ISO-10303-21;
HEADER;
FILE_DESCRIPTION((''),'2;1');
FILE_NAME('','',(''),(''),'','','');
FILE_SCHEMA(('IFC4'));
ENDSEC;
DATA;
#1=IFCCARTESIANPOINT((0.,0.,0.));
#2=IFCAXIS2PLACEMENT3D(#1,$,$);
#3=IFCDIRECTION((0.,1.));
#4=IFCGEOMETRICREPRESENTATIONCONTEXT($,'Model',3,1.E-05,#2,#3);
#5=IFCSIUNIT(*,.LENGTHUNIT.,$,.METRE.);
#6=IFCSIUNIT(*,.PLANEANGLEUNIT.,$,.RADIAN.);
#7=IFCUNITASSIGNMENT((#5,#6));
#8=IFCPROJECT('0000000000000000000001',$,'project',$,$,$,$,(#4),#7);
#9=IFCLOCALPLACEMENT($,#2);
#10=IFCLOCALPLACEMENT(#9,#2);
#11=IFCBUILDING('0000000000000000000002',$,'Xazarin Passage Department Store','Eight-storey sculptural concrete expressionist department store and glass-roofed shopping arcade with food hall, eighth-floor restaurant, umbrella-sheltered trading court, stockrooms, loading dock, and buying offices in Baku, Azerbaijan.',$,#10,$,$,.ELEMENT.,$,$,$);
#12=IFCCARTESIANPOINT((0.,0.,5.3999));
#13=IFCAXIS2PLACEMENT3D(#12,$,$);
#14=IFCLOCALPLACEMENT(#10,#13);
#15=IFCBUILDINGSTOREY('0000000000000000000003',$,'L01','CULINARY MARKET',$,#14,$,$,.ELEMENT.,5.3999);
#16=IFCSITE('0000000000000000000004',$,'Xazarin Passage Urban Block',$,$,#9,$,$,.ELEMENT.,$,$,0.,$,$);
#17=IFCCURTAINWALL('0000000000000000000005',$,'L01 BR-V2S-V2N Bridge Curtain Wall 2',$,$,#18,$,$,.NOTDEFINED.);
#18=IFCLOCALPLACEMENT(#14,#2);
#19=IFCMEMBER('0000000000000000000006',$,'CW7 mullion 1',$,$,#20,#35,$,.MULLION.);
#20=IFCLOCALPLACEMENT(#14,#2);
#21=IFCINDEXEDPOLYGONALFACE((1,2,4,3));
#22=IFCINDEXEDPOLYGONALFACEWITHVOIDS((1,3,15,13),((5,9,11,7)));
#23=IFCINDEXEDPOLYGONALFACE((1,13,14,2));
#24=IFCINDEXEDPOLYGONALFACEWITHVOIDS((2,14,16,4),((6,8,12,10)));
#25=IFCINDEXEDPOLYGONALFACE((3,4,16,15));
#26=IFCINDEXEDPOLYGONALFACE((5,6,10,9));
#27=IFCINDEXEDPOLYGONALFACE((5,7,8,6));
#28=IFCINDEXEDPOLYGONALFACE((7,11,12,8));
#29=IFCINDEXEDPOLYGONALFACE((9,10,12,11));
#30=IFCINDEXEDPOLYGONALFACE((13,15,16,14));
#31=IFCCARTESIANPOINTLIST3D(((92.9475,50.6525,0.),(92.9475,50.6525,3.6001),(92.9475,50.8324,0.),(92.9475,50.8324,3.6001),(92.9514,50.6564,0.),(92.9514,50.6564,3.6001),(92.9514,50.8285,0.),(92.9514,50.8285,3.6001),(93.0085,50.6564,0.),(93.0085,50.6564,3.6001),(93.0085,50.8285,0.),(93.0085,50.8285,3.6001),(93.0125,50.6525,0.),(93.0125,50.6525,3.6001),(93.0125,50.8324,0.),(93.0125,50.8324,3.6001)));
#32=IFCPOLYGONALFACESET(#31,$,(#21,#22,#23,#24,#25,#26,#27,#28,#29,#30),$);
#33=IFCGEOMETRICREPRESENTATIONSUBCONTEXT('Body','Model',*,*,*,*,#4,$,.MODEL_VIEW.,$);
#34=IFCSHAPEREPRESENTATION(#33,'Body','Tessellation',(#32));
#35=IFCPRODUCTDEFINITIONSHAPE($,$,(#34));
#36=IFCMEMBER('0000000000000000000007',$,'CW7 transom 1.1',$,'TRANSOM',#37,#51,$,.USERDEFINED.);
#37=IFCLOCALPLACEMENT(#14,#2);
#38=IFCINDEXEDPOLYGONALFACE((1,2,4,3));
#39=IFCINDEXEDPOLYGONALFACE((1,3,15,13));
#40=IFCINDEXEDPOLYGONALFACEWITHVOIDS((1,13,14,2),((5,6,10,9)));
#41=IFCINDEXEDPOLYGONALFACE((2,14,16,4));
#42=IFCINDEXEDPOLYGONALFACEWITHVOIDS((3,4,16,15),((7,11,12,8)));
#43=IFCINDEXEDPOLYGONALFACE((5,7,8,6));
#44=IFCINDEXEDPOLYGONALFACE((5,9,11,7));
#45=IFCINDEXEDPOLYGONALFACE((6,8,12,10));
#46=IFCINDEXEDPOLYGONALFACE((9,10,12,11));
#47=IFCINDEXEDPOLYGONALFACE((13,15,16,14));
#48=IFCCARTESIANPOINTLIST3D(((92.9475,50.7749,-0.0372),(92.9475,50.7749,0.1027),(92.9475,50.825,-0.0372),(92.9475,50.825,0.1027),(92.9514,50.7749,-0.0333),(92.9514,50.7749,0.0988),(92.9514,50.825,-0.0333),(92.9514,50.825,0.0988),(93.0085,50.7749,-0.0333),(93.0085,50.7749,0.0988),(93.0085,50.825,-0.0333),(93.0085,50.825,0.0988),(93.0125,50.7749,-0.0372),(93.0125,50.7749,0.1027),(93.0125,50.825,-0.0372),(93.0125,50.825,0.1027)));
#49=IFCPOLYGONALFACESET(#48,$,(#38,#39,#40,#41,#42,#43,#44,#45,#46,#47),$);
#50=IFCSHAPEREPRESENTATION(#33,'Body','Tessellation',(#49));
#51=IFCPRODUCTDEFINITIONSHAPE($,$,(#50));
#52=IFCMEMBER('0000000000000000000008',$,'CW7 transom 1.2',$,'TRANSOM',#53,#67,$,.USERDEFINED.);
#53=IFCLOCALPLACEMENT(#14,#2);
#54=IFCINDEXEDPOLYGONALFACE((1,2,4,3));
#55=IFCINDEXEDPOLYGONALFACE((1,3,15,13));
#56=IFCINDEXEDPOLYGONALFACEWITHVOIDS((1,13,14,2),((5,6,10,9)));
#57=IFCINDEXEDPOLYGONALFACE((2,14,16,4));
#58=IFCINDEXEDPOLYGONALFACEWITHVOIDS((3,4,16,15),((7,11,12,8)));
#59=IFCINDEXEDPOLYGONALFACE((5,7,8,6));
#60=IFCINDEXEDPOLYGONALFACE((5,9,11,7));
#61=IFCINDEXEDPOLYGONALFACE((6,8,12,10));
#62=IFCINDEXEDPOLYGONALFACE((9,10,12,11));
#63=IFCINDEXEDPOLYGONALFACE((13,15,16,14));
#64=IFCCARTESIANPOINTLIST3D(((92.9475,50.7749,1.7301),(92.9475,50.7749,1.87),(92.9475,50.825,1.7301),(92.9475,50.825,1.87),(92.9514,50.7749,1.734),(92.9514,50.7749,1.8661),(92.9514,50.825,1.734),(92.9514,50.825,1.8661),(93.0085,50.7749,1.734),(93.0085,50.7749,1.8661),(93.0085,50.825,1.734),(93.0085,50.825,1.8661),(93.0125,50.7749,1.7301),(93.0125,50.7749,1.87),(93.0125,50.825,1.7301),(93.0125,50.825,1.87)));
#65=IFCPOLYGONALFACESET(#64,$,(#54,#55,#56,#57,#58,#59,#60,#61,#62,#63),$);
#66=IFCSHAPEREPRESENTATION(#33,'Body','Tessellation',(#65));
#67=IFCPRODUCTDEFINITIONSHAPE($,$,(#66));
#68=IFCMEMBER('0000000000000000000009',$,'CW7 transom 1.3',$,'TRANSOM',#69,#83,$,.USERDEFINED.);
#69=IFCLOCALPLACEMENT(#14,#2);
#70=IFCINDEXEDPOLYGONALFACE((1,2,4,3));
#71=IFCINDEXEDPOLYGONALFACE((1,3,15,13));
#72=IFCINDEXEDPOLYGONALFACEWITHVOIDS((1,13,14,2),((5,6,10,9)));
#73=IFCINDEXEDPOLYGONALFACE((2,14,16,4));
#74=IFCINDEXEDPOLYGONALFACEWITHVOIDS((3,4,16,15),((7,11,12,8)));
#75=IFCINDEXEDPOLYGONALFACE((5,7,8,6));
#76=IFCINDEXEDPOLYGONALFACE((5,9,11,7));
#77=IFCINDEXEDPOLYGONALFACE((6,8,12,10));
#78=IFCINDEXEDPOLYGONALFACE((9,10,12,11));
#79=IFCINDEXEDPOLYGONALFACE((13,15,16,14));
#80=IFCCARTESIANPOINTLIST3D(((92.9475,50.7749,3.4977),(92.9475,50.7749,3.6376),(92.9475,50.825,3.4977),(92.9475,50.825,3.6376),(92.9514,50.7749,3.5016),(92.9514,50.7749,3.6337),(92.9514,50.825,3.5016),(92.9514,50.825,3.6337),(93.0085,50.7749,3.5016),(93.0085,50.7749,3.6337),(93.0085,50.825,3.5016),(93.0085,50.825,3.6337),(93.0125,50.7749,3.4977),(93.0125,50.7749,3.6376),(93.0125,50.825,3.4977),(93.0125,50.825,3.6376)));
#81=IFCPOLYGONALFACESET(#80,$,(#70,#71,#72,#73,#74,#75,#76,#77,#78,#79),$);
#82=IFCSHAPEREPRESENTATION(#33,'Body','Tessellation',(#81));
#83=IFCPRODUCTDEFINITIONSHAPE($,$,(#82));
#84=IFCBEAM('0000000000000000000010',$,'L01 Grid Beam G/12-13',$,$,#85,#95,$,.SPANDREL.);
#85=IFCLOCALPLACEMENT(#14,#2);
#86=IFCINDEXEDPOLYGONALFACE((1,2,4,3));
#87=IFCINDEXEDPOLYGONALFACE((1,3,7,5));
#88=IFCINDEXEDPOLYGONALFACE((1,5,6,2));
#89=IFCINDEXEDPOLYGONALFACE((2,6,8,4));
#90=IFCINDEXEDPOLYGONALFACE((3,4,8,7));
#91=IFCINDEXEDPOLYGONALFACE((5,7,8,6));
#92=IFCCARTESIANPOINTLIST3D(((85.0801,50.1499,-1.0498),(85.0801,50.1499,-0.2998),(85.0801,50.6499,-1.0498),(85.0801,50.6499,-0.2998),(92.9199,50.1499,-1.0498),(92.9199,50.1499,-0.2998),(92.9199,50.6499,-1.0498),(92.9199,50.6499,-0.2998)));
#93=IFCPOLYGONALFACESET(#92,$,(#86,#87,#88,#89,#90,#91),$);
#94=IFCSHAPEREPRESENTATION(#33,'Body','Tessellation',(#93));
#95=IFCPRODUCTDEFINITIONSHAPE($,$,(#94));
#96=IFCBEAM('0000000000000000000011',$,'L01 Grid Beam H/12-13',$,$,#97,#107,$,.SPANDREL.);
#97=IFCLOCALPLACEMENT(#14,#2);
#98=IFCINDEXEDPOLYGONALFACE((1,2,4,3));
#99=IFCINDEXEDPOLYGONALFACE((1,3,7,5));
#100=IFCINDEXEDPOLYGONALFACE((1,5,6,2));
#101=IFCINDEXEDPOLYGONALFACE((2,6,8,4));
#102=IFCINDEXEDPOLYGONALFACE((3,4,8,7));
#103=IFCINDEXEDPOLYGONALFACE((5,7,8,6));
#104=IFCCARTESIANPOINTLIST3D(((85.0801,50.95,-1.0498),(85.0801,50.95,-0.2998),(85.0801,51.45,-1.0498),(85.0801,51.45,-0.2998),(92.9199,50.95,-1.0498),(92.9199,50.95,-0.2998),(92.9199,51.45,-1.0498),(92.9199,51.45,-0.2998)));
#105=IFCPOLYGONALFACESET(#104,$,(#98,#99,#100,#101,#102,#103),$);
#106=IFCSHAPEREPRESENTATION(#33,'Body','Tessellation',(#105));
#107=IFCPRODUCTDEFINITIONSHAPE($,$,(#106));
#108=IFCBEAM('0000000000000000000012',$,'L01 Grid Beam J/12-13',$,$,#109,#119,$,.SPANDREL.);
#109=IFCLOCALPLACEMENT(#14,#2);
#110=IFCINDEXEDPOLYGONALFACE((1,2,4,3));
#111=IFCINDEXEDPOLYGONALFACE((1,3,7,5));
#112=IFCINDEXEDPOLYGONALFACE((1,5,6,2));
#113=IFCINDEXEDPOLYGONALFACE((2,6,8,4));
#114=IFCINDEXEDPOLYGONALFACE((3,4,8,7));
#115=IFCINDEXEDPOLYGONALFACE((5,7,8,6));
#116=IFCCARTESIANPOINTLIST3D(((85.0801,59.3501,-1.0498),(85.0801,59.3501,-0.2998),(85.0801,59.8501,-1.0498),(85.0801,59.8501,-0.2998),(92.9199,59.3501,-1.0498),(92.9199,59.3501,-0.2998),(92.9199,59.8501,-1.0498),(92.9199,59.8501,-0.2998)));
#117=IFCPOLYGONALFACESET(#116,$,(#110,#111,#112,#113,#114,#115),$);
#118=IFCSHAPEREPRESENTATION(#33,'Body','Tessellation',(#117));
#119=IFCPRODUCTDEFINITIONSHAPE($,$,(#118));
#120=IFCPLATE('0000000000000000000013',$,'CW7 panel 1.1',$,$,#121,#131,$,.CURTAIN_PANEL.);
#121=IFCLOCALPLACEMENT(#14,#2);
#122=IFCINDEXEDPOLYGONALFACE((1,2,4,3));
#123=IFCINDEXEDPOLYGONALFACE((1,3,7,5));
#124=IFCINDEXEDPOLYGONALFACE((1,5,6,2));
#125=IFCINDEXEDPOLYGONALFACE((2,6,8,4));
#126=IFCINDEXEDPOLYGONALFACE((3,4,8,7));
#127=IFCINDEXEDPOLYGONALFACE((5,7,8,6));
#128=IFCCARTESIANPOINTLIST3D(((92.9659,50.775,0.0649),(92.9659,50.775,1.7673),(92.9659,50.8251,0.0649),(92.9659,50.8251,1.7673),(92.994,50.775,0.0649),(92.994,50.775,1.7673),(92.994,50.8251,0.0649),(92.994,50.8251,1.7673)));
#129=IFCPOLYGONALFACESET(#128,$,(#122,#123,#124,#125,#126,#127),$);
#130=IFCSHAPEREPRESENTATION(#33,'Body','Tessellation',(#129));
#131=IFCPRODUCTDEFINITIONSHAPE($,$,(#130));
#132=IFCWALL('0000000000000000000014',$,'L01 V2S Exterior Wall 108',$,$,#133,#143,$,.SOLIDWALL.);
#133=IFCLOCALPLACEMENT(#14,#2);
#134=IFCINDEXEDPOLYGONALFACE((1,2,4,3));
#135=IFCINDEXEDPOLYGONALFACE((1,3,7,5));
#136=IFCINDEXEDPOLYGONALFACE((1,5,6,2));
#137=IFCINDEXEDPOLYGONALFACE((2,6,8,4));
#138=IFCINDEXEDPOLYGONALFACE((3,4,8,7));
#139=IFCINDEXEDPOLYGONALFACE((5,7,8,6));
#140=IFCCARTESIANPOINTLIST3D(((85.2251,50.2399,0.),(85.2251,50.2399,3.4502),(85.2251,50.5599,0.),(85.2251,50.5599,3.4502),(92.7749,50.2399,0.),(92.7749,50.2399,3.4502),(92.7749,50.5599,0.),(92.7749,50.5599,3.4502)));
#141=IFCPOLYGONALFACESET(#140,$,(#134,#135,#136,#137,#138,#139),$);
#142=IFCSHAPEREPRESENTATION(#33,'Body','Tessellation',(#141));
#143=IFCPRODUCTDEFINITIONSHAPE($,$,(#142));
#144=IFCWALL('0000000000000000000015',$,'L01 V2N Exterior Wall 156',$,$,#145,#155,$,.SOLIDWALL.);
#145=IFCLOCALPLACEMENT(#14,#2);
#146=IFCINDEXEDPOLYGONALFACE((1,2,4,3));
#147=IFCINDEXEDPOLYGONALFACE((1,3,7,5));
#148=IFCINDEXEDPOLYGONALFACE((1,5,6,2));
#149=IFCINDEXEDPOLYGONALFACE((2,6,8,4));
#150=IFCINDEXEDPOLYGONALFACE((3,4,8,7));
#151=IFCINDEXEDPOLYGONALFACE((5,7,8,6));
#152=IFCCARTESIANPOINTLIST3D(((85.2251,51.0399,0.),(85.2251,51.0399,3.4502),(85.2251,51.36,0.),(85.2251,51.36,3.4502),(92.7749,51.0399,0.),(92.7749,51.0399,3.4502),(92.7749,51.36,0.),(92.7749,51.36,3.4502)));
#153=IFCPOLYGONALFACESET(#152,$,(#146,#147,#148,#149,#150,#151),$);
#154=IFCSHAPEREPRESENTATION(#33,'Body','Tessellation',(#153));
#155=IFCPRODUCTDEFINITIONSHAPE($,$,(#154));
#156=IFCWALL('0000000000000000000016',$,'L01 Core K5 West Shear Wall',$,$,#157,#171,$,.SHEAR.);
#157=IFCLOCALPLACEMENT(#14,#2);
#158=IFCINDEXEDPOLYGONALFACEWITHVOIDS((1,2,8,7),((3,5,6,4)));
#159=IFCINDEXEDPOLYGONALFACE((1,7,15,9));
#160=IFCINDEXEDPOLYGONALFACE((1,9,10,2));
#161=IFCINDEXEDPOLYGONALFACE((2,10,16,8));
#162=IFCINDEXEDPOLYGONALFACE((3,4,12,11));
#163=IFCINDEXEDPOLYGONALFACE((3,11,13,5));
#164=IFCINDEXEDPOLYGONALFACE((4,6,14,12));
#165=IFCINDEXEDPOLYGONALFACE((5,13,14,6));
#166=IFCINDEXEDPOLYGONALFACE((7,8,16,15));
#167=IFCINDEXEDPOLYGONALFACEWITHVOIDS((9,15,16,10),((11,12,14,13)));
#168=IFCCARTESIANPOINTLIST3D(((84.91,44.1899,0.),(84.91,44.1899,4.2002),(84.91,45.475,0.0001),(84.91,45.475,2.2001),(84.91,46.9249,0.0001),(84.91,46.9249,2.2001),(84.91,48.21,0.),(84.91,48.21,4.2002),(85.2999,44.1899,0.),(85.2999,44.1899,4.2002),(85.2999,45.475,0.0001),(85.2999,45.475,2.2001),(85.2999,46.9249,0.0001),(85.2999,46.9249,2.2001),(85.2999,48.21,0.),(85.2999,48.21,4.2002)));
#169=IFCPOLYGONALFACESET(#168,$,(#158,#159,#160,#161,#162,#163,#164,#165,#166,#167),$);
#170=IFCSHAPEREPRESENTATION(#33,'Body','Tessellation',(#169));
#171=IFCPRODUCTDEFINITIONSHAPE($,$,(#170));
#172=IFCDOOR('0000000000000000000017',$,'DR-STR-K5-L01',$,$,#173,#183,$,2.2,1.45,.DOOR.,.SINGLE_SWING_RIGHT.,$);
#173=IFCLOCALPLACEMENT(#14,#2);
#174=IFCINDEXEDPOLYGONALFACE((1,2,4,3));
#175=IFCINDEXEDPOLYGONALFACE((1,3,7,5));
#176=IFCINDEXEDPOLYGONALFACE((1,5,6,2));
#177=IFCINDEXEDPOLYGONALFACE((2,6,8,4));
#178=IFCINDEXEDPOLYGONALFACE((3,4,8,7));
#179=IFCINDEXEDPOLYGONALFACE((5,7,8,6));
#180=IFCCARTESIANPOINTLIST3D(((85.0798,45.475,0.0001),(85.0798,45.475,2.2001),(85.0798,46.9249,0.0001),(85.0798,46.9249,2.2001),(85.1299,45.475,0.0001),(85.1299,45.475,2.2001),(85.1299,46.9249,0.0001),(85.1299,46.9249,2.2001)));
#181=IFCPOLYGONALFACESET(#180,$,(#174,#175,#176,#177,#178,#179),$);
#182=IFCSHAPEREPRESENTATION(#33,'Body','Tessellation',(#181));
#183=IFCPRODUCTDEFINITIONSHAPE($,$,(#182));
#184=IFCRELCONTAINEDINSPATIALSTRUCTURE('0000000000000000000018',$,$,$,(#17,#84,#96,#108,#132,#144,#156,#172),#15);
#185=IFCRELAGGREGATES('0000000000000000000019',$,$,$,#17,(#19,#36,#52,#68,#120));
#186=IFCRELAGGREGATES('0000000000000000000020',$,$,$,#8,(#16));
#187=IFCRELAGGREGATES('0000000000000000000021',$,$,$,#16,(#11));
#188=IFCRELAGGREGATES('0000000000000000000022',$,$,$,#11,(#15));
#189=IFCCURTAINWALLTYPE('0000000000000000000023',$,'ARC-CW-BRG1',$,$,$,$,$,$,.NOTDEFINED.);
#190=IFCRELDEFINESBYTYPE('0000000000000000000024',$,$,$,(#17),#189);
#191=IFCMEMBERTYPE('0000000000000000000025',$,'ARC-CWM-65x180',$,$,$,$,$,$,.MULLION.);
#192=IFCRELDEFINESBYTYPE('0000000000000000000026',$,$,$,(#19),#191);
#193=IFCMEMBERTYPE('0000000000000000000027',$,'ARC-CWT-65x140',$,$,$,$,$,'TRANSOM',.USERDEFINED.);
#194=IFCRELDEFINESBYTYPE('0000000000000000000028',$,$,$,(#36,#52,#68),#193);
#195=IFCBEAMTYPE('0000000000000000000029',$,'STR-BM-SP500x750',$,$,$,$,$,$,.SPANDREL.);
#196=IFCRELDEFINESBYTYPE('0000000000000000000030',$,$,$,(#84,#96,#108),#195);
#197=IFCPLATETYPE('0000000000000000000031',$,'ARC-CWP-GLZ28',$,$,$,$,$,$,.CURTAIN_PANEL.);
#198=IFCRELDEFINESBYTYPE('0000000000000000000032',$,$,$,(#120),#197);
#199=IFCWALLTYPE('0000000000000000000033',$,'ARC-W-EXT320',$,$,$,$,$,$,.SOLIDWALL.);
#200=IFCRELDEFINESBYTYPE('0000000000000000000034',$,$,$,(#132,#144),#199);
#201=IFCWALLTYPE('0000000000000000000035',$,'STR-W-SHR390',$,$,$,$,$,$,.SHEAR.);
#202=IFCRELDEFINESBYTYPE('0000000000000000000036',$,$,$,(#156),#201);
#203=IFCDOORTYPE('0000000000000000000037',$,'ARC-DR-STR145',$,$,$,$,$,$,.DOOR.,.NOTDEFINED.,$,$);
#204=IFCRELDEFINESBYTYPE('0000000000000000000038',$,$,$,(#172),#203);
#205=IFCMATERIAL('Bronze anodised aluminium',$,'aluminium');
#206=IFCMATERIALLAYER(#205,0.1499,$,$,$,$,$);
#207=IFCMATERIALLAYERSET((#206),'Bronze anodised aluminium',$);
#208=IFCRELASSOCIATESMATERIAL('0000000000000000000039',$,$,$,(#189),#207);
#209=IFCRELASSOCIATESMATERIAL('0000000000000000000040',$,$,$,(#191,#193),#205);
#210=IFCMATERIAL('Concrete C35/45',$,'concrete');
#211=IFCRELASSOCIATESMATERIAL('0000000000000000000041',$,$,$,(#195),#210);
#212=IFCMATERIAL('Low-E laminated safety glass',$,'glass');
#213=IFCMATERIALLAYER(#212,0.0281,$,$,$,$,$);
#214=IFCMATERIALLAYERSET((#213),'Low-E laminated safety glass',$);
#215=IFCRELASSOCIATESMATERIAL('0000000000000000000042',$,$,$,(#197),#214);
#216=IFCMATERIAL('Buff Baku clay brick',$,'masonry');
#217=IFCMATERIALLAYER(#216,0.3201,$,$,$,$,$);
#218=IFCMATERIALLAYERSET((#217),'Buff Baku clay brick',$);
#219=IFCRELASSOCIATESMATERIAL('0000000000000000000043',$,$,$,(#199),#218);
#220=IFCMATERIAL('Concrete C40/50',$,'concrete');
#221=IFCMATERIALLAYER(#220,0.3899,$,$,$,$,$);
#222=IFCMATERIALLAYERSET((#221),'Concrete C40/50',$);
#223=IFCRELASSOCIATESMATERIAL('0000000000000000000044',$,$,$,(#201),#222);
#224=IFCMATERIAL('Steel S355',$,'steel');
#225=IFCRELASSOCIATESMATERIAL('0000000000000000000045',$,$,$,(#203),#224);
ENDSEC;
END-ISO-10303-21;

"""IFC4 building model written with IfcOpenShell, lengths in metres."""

from ifc_helpers import new_model, si_unit, direction, frame, frame_2d, origin, origin_2d, place, context, subcontext, project, spatial, rectangle, hollow_rectangle, extrude, material, layer, layer_set, material_profile, profile_set, type_object, element, fill, aggregate, save


model = new_model("IFC4")

# Units and contexts
model_context = context("Model", 3, precision=1e-05, world=origin(), true_north=direction((0.0, 1.0)))
body_context = subcontext(model_context, "Body", "Model", "MODEL_VIEW")
ifc_project = project(units=[si_unit("LENGTHUNIT", "METRE"), si_unit("PLANEANGLEUNIT", "RADIAN")], contexts=[model_context])

# Site, building, storey
site_placement = place(None, origin())
site = spatial("IfcSite", under=ifc_project, at=site_placement, Name="Xazarin Passage Urban Block", CompositionType="ELEMENT", RefElevation=0.0)
building_placement = place(site_placement, origin())
building = spatial("IfcBuilding", under=site, at=building_placement, Name="Xazarin Passage Department Store", Description="Eight-storey sculptural concrete expressionist department store and glass-roofed shopping arcade with food hall, eighth-floor restaurant, umbrella-sheltered trading court, stockrooms, loading dock, and buying offices in Baku, Azerbaijan.", CompositionType="ELEMENT")
storey_placement = place(building_placement, frame((0.0, 0.0, 5.3999)))
storey = spatial("IfcBuildingStorey", under=building, at=storey_placement, Name="L01", Description="CULINARY MARKET", CompositionType="ELEMENT", Elevation=5.3999)

# Curtain wall, members
ifc_material_1 = material(Name="Bronze anodised aluminium", Category="aluminium")
ifc_layer_1 = layer(ifc_material_1, 0.1499)
ifc_layer_set_1 = layer_set([ifc_layer_1], Name="Bronze anodised aluminium")
curtain_wall_type = type_object("IfcCurtainWallType", Name="ARC-CW-BRG1", PredefinedType="NOTDEFINED", material=ifc_layer_set_1)
curtain_wall_placement = place(storey_placement, origin())
curtain_wall = element("IfcCurtainWall", 1, at=curtain_wall_placement, inside=storey, type_object=curtain_wall_type, Name="L01 BR-V2S-V2N Bridge Curtain Wall 2", PredefinedType="NOTDEFINED")
ifc_material_profile_1 = material_profile(ifc_material_1, hollow_rectangle(XDim=0.0649, YDim=0.1799, WallThickness=0.0039, at=origin_2d()), Name="ALU 65x180")
ifc_profile_set_1 = profile_set([ifc_material_profile_1], Name="Bronze anodised aluminium")
member_type_1 = type_object("IfcMemberType", Name="ARC-CWM-65x180", PredefinedType="MULLION", material=ifc_profile_set_1)
member_1_placement = place(storey_placement, frame((92.98, 50.7424, 0.0), z_axis=(0.0, 0.0, 1.0), x_axis=(-1.0, 0.0, 0.0)))
member_1 = element("IfcMember", 2, at=member_1_placement, type_object=member_type_1, Name="CW7 mullion 1", PredefinedType="MULLION", context=body_context, shape_type="SweptSolid", body=[
    extrude(hollow_rectangle(XDim=0.0649, YDim=0.1799, WallThickness=0.0039, at=origin_2d()), origin(), (0.0, 0.0, 1.0), 3.6001),
])
ifc_material_profile_2 = material_profile(ifc_material_1, hollow_rectangle(XDim=0.0649, YDim=0.1399, WallThickness=0.0039, at=origin_2d()), Name="ALU 65x140")
ifc_profile_set_2 = profile_set([ifc_material_profile_2], Name="Bronze anodised aluminium")
member_type_2 = type_object("IfcMemberType", Name="ARC-CWT-65x140", ElementType="TRANSOM", PredefinedType="USERDEFINED", material=ifc_profile_set_2)
member_2_placement = place(storey_placement, frame((92.98, 50.7749, 0.0327), z_axis=(0.0, 1.0, 0.0), x_axis=(-1.0, 0.0, 0.0)))
member_2 = element("IfcMember", 3, at=member_2_placement, type_object=member_type_2, Name="CW7 transom 1.1", ObjectType="TRANSOM", PredefinedType="USERDEFINED", context=body_context, shape_type="SweptSolid", body=[
    extrude(hollow_rectangle(XDim=0.0649, YDim=0.1399, WallThickness=0.0039, at=origin_2d()), origin(), (0.0, 0.0, 1.0), 0.05),
])
member_3_placement = place(storey_placement, frame((92.98, 50.7749, 1.8), z_axis=(0.0, 1.0, 0.0), x_axis=(-1.0, 0.0, 0.0)))
member_3 = element("IfcMember", 4, at=member_3_placement, type_object=member_type_2, Name="CW7 transom 1.2", ObjectType="TRANSOM", PredefinedType="USERDEFINED", context=body_context, shape_type="SweptSolid", body=[
    extrude(hollow_rectangle(XDim=0.0649, YDim=0.1399, WallThickness=0.0039, at=origin_2d()), origin(), (0.0, 0.0, 1.0), 0.05),
])
member_4_placement = place(storey_placement, frame((92.98, 50.7749, 3.5676), z_axis=(0.0, 1.0, 0.0), x_axis=(-1.0, 0.0, 0.0)))
member_4 = element("IfcMember", 5, at=member_4_placement, type_object=member_type_2, Name="CW7 transom 1.3", ObjectType="TRANSOM", PredefinedType="USERDEFINED", context=body_context, shape_type="SweptSolid", body=[
    extrude(hollow_rectangle(XDim=0.0649, YDim=0.1399, WallThickness=0.0039, at=origin_2d()), origin(), (0.0, 0.0, 1.0), 0.05),
])

# Beams
ifc_material_2 = material(Name="Concrete C35/45", Category="concrete")
ifc_material_profile_3 = material_profile(ifc_material_2, rectangle(XDim=0.5, YDim=0.75, at=origin_2d()), Name="RC 500x750")
ifc_profile_set_3 = profile_set([ifc_material_profile_3], Name="Concrete C35/45")
beam_type = type_object("IfcBeamType", Name="STR-BM-SP500x750", PredefinedType="SPANDREL", material=ifc_profile_set_3)
for number, where, z_axis, x_axis, name in (
    (6, (85.0801, 50.3999, -0.6748), (1.0, 0.0, 0.0), (0.0, 1.0, 0.0), "L01 Grid Beam G/12-13"),
    (7, (85.0801, 51.2, -0.6748), (1.0, 0.0, 0.0), (0.0, 1.0, 0.0), "L01 Grid Beam H/12-13"),
    (8, (85.0801, 59.6001, -0.6748), (1.0, 0.0, 0.0), (0.0, 1.0, 0.0), "L01 Grid Beam J/12-13"),
):
    element("IfcBeam", number, at=place(storey_placement, frame(where, z_axis=z_axis, x_axis=x_axis)), inside=storey, type_object=beam_type, Name=name, PredefinedType="SPANDREL", context=body_context, shape_type="SweptSolid", body=[
        extrude(rectangle(XDim=0.5, YDim=0.75, at=origin_2d()), origin(), (0.0, 0.0, 1.0), 7.8398),
    ])

# Plate
ifc_material_3 = material(Name="Low-E laminated safety glass", Category="glass")
ifc_layer_2 = layer(ifc_material_3, 0.0281)
ifc_layer_set_2 = layer_set([ifc_layer_2], Name="Low-E laminated safety glass")
plate_type = type_object("IfcPlateType", Name="ARC-CWP-GLZ28", PredefinedType="CURTAIN_PANEL", material=ifc_layer_set_2)
plate_placement = place(storey_placement, frame((92.98, 50.8, 0.0649), z_axis=(0.0, 0.0, 1.0), x_axis=(0.0, 1.0, 0.0)))
plate = element("IfcPlate", 9, at=plate_placement, type_object=plate_type, Name="CW7 panel 1.1", PredefinedType="CURTAIN_PANEL", context=body_context, shape_type="SweptSolid", body=[
    extrude(rectangle(XDim=0.05, YDim=0.0281, at=origin_2d()), origin(), (0.0, 0.0, 1.0), 1.7024),
])
aggregate(curtain_wall, [member_1, member_2, member_3, member_4, plate])

# Walls
ifc_material_4 = material(Name="Buff Baku clay brick", Category="masonry")
ifc_layer_3 = layer(ifc_material_4, 0.3201)
ifc_layer_set_3 = layer_set([ifc_layer_3], Name="Buff Baku clay brick")
wall_type_1 = type_object("IfcWallType", Name="ARC-W-EXT320", PredefinedType="SOLIDWALL", material=ifc_layer_set_3)
for number, where, z_axis, x_axis, name in (
    (10, (85.2251, 50.3999, 0.0), (0.0, 0.0, 1.0), (1.0, 0.0, 0.0), "L01 V2S Exterior Wall 108"),
    (11, (85.2251, 51.2, 0.0), (0.0, 0.0, 1.0), (1.0, 0.0, 0.0), "L01 V2N Exterior Wall 156"),
):
    element("IfcWall", number, at=place(storey_placement, frame(where, z_axis=z_axis, x_axis=x_axis)), inside=storey, type_object=wall_type_1, Name=name, PredefinedType="SOLIDWALL", context=body_context, shape_type="SweptSolid", body=[
        extrude(rectangle(XDim=7.5498, YDim=0.3201, at=frame_2d((3.7749, 0.0))), origin(), (0.0, 0.0, 1.0), 3.4502),
    ])

# Wall, opening, door
ifc_material_5 = material(Name="Concrete C40/50", Category="concrete")
ifc_layer_4 = layer(ifc_material_5, 0.3899)
ifc_layer_set_4 = layer_set([ifc_layer_4], Name="Concrete C40/50")
wall_type_2 = type_object("IfcWallType", Name="STR-W-SHR390", PredefinedType="SHEAR", material=ifc_layer_set_4)
wall_placement = place(storey_placement, frame((85.105, 48.21, 0.0), z_axis=(0.0, 0.0, 1.0), x_axis=(0.0, -1.0, 0.0)))
wall = element("IfcWall", 12, at=wall_placement, inside=storey, type_object=wall_type_2, Name="L01 Core K5 West Shear Wall", PredefinedType="SHEAR", context=body_context, shape_type="SweptSolid", body=[
    extrude(rectangle(XDim=4.02, YDim=0.3899, at=frame_2d((2.01, 0.0))), origin(), (0.0, 0.0, 1.0), 4.2002),
])
opening_placement = place(wall_placement, frame((1.2849, 0.0, 0.0)))
opening = element("IfcOpeningElement", 13, at=opening_placement, cuts=wall, PredefinedType="OPENING", context=body_context, shape_type="SweptSolid", body=[
    extrude(rectangle(XDim=1.45, YDim=2.2, at=frame_2d((0.7251, 1.1001))), frame((0.0, 0.2048, 0.0), z_axis=(0.0, -1.0, 0.0), x_axis=(1.0, 0.0, 0.0)), (0.0, 0.0, 1.0), 0.4099),
])
ifc_material_6 = material(Name="Steel S355", Category="steel")
door_type = type_object("IfcDoorType", Name="ARC-DR-STR145", OperationType="NOTDEFINED", PredefinedType="DOOR", material=ifc_material_6)
door_placement = place(opening_placement, origin())
door = element("IfcDoor", 14, at=door_placement, inside=storey, type_object=door_type, Name="DR-STR-K5-L01", OperationType="SINGLE_SWING_RIGHT", OverallHeight=2.2, OverallWidth=1.45, PredefinedType="DOOR", context=body_context, shape_type="SweptSolid", body=[
    extrude(rectangle(XDim=1.45, YDim=2.2, at=frame_2d((0.7251, 1.1001))), frame((0.0, 0.0249, 0.0), z_axis=(0.0, -1.0, 0.0), x_axis=(1.0, 0.0, 0.0)), (0.0, 0.0, 1.0), 0.05),
])
fill(opening, door)

save(model, "model.ifc")
